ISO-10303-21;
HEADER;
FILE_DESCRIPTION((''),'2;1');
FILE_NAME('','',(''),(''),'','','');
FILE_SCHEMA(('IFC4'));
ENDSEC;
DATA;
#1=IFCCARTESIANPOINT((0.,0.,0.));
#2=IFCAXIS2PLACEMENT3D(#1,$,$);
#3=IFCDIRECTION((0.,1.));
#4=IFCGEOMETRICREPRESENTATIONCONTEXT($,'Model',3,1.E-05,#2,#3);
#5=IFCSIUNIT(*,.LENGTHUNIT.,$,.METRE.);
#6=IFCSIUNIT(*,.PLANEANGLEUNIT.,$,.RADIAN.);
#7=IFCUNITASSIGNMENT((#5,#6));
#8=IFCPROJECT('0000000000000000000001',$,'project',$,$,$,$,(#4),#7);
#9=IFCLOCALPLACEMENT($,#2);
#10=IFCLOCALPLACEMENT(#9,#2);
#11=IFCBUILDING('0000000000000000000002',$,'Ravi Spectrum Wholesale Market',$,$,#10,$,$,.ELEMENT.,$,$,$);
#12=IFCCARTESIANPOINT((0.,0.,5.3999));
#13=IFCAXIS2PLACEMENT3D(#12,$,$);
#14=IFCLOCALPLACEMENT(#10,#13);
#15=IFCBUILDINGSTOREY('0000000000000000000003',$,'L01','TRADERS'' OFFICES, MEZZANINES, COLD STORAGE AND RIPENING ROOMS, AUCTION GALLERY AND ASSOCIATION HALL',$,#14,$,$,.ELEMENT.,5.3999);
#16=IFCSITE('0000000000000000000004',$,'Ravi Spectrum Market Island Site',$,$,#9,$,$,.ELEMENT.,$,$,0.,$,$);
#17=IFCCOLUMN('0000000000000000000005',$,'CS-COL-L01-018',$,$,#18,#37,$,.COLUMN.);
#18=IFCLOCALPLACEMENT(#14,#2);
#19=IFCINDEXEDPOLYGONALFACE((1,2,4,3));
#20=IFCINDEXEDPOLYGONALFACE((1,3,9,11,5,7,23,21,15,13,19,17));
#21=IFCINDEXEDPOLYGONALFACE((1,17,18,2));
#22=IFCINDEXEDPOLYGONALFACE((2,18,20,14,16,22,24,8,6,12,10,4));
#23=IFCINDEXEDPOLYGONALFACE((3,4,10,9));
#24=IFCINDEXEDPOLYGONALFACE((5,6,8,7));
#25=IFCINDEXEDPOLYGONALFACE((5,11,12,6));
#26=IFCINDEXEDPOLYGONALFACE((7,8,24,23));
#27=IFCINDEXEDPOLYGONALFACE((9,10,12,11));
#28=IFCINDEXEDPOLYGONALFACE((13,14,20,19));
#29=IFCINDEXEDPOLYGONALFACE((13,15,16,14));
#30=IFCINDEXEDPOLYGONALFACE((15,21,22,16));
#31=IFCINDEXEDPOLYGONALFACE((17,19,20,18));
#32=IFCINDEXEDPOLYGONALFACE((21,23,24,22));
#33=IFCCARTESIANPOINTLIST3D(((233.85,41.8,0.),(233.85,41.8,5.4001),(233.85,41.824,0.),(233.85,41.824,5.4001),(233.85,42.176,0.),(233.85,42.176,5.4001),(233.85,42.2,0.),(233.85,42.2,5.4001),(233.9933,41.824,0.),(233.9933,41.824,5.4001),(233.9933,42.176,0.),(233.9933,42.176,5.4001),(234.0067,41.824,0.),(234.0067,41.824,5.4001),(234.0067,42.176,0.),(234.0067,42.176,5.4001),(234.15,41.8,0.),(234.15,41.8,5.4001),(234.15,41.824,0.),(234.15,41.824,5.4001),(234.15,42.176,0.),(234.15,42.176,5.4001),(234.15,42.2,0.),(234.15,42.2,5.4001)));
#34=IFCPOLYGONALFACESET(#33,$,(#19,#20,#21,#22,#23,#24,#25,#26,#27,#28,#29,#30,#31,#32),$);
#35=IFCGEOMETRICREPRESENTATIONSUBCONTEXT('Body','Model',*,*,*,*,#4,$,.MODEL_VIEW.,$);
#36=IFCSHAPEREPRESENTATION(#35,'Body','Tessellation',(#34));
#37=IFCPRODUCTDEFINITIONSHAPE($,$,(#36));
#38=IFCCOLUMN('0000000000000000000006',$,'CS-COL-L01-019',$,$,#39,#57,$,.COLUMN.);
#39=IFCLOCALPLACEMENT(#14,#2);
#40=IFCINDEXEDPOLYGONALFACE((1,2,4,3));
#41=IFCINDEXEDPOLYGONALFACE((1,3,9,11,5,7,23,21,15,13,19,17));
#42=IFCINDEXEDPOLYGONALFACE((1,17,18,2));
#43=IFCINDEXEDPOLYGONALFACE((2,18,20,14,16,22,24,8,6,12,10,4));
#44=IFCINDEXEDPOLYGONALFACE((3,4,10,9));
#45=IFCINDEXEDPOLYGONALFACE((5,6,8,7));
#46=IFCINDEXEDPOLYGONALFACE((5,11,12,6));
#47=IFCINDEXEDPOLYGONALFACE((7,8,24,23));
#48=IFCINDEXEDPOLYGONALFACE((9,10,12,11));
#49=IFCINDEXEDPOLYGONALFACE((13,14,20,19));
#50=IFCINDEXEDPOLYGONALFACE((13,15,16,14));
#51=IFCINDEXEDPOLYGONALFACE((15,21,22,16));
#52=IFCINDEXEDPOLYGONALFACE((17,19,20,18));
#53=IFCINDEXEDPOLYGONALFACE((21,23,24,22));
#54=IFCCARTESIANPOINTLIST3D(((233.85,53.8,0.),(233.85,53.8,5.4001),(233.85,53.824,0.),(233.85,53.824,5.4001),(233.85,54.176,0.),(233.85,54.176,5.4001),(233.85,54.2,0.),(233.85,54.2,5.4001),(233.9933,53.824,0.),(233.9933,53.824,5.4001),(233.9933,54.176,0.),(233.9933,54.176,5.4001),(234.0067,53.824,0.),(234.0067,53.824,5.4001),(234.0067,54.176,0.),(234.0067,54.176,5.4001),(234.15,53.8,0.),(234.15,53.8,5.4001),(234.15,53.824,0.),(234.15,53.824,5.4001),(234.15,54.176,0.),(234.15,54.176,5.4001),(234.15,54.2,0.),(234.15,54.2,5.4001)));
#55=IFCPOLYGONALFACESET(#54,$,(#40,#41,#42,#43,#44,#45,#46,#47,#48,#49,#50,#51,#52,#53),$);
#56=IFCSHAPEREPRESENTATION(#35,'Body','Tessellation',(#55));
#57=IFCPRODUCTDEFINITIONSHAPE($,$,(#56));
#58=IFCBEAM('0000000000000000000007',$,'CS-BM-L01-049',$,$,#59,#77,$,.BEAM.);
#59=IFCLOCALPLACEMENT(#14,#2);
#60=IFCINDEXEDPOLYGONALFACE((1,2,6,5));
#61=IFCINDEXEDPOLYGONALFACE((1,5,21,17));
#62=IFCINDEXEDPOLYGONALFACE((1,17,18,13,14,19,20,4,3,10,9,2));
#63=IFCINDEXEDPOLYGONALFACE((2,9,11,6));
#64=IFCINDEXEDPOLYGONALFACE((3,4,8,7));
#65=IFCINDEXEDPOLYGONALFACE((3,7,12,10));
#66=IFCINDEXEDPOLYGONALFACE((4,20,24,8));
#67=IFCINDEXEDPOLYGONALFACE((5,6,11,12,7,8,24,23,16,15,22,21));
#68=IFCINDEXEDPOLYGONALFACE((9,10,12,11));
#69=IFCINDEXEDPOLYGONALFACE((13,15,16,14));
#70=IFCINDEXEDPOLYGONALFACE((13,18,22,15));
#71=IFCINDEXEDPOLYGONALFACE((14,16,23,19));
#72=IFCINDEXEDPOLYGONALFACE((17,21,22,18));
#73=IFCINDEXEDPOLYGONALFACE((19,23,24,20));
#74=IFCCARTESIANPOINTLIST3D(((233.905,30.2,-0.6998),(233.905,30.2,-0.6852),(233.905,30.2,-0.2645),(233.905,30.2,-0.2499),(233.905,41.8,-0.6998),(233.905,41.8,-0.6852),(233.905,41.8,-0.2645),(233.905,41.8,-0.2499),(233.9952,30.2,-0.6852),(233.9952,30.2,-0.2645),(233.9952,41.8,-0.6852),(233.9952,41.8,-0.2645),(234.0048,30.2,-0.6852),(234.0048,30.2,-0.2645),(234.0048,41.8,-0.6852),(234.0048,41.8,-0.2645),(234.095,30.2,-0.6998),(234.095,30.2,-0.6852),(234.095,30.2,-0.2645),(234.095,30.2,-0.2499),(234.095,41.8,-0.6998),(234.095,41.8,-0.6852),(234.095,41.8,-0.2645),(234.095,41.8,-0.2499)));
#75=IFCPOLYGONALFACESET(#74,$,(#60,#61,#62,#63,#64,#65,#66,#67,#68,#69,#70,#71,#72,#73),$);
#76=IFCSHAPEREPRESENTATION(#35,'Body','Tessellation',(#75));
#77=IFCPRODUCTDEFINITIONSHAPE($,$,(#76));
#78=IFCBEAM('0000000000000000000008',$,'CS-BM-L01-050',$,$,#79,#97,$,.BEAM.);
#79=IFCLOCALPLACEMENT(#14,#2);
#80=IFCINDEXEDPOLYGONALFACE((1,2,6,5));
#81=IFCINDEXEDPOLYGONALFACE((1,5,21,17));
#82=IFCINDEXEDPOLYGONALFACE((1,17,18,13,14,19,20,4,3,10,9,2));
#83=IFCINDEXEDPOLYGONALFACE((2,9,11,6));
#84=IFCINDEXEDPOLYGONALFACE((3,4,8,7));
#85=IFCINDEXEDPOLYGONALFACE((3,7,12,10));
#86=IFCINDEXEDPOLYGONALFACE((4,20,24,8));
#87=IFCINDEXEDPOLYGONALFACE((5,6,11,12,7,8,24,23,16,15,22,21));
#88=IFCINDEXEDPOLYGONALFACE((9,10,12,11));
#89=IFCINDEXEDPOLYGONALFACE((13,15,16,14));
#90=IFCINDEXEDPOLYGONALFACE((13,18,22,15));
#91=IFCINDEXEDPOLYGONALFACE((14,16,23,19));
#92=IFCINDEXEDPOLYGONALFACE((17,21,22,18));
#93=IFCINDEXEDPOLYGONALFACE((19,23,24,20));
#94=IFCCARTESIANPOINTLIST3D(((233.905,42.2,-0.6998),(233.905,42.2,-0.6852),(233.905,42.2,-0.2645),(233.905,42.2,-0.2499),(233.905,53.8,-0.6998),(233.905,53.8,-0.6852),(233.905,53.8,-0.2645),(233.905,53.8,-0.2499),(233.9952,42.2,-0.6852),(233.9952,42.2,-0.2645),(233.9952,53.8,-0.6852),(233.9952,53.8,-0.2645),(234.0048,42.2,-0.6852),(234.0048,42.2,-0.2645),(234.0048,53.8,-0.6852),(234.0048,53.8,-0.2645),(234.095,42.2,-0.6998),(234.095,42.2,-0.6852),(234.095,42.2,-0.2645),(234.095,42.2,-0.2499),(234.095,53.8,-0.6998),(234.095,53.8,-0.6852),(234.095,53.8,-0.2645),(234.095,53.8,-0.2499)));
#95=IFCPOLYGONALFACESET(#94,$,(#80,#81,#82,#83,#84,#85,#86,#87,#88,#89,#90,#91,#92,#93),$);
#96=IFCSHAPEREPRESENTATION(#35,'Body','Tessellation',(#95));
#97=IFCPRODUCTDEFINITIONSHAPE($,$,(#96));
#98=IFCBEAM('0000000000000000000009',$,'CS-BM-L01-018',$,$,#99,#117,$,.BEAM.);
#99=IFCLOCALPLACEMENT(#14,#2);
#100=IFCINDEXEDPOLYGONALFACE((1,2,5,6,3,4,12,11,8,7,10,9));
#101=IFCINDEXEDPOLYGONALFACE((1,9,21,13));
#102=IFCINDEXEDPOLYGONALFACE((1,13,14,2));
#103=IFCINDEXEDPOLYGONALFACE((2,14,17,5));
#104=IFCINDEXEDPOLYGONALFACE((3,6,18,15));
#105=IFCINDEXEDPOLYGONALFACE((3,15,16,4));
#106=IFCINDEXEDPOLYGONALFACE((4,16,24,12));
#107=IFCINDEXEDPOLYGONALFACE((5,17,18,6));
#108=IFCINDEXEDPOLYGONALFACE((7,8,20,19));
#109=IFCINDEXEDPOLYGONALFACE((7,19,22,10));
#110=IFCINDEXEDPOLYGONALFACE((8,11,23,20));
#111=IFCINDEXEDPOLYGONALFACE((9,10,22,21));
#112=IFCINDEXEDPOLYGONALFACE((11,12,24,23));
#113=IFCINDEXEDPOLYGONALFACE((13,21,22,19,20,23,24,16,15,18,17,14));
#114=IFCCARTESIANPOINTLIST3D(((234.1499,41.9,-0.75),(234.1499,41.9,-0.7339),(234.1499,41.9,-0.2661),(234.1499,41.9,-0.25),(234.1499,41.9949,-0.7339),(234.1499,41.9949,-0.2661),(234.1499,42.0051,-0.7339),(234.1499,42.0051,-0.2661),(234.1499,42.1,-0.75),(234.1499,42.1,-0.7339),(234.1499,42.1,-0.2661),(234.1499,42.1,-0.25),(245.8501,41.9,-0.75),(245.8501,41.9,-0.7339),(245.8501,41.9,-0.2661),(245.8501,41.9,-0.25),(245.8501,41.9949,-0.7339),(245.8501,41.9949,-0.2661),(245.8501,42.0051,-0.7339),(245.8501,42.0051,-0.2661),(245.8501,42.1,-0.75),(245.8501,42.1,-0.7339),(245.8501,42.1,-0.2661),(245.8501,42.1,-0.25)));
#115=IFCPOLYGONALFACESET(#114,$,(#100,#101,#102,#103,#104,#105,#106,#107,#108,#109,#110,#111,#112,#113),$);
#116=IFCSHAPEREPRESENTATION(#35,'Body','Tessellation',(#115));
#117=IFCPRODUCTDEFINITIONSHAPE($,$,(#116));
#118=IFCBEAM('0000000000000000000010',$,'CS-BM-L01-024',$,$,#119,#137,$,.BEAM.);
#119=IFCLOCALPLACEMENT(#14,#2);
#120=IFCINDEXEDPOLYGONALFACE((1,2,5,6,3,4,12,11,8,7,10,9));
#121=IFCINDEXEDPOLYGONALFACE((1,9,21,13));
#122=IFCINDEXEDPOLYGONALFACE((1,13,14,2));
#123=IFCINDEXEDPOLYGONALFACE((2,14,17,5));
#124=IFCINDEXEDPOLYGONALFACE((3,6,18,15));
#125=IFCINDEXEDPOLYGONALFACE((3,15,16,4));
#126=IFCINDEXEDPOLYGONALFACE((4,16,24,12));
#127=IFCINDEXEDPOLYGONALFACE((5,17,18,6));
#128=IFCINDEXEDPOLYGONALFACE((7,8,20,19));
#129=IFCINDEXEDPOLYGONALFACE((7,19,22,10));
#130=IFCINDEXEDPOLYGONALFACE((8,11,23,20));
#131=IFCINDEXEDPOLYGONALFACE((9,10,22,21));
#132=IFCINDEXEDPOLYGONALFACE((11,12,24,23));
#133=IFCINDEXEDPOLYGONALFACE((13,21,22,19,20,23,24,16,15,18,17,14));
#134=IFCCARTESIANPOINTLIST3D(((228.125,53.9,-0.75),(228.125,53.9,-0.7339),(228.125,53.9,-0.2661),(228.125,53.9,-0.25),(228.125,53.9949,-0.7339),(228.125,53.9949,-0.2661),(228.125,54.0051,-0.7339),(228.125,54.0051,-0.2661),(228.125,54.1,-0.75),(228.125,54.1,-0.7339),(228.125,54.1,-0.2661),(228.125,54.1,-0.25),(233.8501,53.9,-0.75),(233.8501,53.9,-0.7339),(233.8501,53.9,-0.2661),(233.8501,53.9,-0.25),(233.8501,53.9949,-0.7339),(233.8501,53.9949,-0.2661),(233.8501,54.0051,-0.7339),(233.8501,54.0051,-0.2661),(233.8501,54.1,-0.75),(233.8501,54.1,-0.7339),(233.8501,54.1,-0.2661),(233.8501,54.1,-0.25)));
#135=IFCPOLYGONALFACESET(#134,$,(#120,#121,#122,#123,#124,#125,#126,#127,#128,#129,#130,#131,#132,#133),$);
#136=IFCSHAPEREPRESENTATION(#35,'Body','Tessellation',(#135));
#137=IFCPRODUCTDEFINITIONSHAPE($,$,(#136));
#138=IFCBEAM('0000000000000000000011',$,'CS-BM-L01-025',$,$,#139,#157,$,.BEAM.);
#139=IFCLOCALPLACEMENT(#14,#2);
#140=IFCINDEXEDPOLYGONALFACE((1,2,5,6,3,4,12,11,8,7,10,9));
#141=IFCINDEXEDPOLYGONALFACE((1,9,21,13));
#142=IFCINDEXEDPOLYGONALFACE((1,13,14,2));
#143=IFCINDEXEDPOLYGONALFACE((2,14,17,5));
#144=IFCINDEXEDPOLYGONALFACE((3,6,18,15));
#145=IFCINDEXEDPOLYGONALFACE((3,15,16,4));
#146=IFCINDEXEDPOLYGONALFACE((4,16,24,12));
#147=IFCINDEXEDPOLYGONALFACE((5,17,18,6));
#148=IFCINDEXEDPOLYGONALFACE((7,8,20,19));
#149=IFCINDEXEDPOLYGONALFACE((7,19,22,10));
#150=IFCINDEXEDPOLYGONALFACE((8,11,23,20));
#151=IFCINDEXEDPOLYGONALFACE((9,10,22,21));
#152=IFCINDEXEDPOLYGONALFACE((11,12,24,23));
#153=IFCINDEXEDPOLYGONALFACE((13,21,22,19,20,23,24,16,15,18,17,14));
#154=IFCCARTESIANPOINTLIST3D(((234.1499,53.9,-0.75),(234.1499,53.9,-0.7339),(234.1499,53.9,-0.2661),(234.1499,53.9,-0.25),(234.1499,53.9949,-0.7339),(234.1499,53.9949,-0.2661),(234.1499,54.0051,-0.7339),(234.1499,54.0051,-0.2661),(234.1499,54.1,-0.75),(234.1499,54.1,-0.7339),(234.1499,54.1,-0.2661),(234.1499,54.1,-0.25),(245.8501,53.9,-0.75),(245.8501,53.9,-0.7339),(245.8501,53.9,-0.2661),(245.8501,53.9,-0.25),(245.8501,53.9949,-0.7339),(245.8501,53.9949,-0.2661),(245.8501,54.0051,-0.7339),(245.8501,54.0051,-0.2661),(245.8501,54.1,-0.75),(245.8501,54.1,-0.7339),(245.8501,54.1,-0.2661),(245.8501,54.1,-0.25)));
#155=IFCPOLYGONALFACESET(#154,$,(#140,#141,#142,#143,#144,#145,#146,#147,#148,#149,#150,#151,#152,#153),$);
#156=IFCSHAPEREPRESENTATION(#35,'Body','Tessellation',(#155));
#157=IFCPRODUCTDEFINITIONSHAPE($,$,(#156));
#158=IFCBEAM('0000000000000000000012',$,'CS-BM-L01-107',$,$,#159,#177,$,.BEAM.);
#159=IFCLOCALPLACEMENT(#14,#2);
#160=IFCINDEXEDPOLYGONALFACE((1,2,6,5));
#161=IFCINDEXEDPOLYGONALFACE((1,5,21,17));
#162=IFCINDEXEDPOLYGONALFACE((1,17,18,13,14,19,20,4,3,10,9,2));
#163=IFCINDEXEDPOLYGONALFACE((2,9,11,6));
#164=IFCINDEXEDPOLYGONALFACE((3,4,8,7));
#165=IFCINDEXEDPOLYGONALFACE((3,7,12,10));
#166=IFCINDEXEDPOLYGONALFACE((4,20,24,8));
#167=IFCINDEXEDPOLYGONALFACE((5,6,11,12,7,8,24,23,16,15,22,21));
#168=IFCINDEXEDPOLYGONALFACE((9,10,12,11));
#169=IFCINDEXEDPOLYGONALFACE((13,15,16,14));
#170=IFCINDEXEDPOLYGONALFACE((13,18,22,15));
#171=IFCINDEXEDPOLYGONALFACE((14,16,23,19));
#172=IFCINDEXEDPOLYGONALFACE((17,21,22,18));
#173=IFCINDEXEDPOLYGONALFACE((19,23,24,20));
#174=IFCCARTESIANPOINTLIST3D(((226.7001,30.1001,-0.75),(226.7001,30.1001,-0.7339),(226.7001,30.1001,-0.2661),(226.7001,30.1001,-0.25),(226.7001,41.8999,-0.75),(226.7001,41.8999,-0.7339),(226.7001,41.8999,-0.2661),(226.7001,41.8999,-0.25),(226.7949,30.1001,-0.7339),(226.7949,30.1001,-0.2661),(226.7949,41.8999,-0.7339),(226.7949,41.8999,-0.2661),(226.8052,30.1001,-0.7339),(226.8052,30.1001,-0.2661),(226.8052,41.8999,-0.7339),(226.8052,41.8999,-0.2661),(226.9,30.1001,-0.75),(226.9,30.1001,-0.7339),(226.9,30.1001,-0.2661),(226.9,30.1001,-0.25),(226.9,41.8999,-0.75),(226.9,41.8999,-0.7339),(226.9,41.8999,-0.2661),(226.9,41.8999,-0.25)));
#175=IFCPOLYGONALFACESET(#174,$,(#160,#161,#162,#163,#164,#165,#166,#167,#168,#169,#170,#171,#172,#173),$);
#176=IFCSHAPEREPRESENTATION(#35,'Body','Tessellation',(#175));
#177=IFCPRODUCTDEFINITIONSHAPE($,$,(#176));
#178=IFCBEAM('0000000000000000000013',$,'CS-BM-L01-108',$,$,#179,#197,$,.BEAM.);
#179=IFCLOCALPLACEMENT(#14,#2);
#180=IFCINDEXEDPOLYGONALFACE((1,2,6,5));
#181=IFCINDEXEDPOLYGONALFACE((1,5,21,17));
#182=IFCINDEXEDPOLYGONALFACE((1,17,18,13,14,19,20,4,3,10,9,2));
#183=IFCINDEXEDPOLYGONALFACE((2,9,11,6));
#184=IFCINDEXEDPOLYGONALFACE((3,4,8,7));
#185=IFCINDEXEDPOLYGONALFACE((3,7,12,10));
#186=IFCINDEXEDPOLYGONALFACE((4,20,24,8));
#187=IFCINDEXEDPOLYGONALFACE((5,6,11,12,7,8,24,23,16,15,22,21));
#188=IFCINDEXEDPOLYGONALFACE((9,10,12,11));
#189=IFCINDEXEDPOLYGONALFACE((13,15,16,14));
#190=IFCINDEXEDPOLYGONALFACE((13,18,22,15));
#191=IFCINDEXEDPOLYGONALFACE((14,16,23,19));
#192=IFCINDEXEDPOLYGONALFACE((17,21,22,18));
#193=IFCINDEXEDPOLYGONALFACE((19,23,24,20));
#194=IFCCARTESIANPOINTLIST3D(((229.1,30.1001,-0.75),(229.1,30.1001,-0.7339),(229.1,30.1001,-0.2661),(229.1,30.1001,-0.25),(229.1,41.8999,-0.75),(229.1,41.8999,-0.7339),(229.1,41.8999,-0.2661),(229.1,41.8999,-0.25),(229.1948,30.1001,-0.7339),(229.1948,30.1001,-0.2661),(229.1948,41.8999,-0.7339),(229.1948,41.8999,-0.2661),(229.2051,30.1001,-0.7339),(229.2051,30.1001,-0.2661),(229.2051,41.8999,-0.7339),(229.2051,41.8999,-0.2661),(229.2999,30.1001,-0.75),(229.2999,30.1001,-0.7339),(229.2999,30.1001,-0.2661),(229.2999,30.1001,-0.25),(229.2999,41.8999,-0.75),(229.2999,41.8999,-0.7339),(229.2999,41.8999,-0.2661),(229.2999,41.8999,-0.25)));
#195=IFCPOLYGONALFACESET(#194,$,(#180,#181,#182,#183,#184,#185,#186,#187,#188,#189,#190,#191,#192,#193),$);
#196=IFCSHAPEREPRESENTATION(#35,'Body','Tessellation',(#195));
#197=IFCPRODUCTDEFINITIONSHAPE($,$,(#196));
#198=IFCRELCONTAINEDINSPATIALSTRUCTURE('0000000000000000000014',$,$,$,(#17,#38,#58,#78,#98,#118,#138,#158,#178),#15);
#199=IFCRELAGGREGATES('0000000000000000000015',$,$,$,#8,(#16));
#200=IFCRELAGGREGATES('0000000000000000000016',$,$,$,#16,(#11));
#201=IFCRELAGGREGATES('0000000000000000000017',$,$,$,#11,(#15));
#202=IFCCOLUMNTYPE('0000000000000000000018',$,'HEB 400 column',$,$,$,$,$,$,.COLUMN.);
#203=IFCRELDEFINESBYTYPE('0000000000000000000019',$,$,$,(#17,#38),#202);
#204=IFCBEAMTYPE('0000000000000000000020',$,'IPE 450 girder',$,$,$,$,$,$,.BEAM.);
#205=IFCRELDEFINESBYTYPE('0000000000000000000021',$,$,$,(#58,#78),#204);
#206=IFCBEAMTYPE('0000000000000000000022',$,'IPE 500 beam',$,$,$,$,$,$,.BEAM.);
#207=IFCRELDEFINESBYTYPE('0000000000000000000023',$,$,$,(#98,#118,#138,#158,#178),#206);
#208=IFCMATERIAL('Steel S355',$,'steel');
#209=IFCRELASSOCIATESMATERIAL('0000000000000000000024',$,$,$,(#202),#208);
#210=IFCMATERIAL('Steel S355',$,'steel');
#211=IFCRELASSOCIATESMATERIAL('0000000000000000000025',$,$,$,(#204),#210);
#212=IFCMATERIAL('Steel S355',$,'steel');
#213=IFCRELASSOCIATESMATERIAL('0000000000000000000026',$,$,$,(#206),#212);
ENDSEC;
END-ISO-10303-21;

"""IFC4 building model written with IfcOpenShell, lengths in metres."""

from ifc_helpers import new_model, si_unit, direction, frame, origin, origin_2d, place, context, subcontext, project, spatial, i_section, extrude, material, material_profile, profile_set, type_object, element, save


model = new_model("IFC4")

# Units and contexts
model_context = context("Model", 3, precision=1e-05, world=origin(), true_north=direction((0.0, 1.0)))
body_context = subcontext(model_context, "Body", "Model", "MODEL_VIEW")
ifc_project = project(units=[si_unit("LENGTHUNIT", "METRE"), si_unit("PLANEANGLEUNIT", "RADIAN")], contexts=[model_context])

# Site, building, storey
site_placement = place(None, origin())
site = spatial("IfcSite", under=ifc_project, at=site_placement, Name="Ravi Spectrum Market Island Site", CompositionType="ELEMENT", RefElevation=0.0)
building_placement = place(site_placement, origin())
building = spatial("IfcBuilding", under=site, at=building_placement, Name="Ravi Spectrum Wholesale Market", CompositionType="ELEMENT")
storey_placement = place(building_placement, frame((0.0, 0.0, 5.3999)))
storey = spatial("IfcBuildingStorey", under=building, at=storey_placement, Name="L01", Description="TRADERS' OFFICES, MEZZANINES, COLD STORAGE AND RIPENING ROOMS, AUCTION GALLERY AND ASSOCIATION HALL", CompositionType="ELEMENT", Elevation=5.3999)

# Columns
ifc_material_1 = material(Name="Steel S355", Category="steel")
ifc_material_profile_1 = material_profile(ifc_material_1, i_section(OverallWidth=0.3, OverallDepth=0.3999, WebThickness=0.0134, FlangeThickness=0.0239, at=origin_2d()))
ifc_profile_set_1 = profile_set([ifc_material_profile_1], Name="Steel S355")
column_type = type_object("IfcColumnType", Name="HEB 400 column", PredefinedType="COLUMN", material=ifc_profile_set_1)
for number, where, z_axis, x_axis, name in (
    (1, (234.0, 42.0, 0.0), (0.0, 0.0, 1.0), (1.0, 0.0, 0.0), "CS-COL-L01-018"),
    (2, (234.0, 54.0, 0.0), (0.0, 0.0, 1.0), (1.0, 0.0, 0.0), "CS-COL-L01-019"),
):
    element("IfcColumn", number, at=place(storey_placement, frame(where, z_axis=z_axis, x_axis=x_axis)), inside=storey, type_object=column_type, Name=name, PredefinedType="COLUMN", context=body_context, shape_type="SweptSolid", body=[
        extrude(i_section(OverallWidth=0.3, OverallDepth=0.3999, WebThickness=0.0134, FlangeThickness=0.0239, at=origin_2d()), origin(), (0.0, 0.0, 1.0), 5.4001),
    ])

# Beams
ifc_material_2 = material(Name="Steel S355", Category="steel")
ifc_material_profile_2 = material_profile(ifc_material_2, i_section(OverallWidth=0.1899, OverallDepth=0.45, WebThickness=0.0095, FlangeThickness=0.0146, at=origin_2d()))
ifc_profile_set_2 = profile_set([ifc_material_profile_2], Name="Steel S355")
beam_type_1 = type_object("IfcBeamType", Name="IPE 450 girder", PredefinedType="BEAM", material=ifc_profile_set_2)
for number, where, z_axis, x_axis, name in (
    (3, (234.0, 30.2, -0.4749), (0.0, 1.0, 0.0), (-1.0, 0.0, 0.0), "CS-BM-L01-049"),
    (4, (234.0, 42.2, -0.4749), (0.0, 1.0, 0.0), (-1.0, 0.0, 0.0), "CS-BM-L01-050"),
):
    element("IfcBeam", number, at=place(storey_placement, frame(where, z_axis=z_axis, x_axis=x_axis)), inside=storey, type_object=beam_type_1, Name=name, PredefinedType="BEAM", context=body_context, shape_type="SweptSolid", body=[
        extrude(i_section(OverallWidth=0.1899, OverallDepth=0.45, WebThickness=0.0095, FlangeThickness=0.0146, at=origin_2d()), origin(), (0.0, 0.0, 1.0), 11.6001),
    ])
ifc_material_3 = material(Name="Steel S355", Category="steel")
ifc_material_profile_3 = material_profile(ifc_material_3, i_section(OverallWidth=0.2, OverallDepth=0.5, WebThickness=0.0103, FlangeThickness=0.0161, at=origin_2d()))
ifc_profile_set_3 = profile_set([ifc_material_profile_3], Name="Steel S355")
beam_type_2 = type_object("IfcBeamType", Name="IPE 500 beam", PredefinedType="BEAM", material=ifc_profile_set_3)
beam_1_placement = place(storey_placement, frame((234.1499, 42.0, -0.5), z_axis=(1.0, 0.0, 0.0), x_axis=(0.0, 1.0, 0.0)))
element("IfcBeam", 5, at=beam_1_placement, inside=storey, type_object=beam_type_2, Name="CS-BM-L01-018", PredefinedType="BEAM", context=body_context, shape_type="SweptSolid", body=[
    extrude(i_section(OverallWidth=0.2, OverallDepth=0.5, WebThickness=0.0103, FlangeThickness=0.0161, at=origin_2d()), origin(), (0.0, 0.0, 1.0), 11.7002),
])
beam_2_placement = place(storey_placement, frame((228.125, 54.0, -0.5), z_axis=(1.0, 0.0, 0.0), x_axis=(0.0, 1.0, 0.0)))
element("IfcBeam", 6, at=beam_2_placement, inside=storey, type_object=beam_type_2, Name="CS-BM-L01-024", PredefinedType="BEAM", context=body_context, shape_type="SweptSolid", body=[
    extrude(i_section(OverallWidth=0.2, OverallDepth=0.5, WebThickness=0.0103, FlangeThickness=0.0161, at=origin_2d()), origin(), (0.0, 0.0, 1.0), 5.7251),
])
beam_3_placement = place(storey_placement, frame((234.1499, 54.0, -0.5), z_axis=(1.0, 0.0, 0.0), x_axis=(0.0, 1.0, 0.0)))
element("IfcBeam", 7, at=beam_3_placement, inside=storey, type_object=beam_type_2, Name="CS-BM-L01-025", PredefinedType="BEAM", context=body_context, shape_type="SweptSolid", body=[
    extrude(i_section(OverallWidth=0.2, OverallDepth=0.5, WebThickness=0.0103, FlangeThickness=0.0161, at=origin_2d()), origin(), (0.0, 0.0, 1.0), 11.7002),
])
for number, where, z_axis, x_axis, name in (
    (8, (226.8, 30.1001, -0.5), (0.0, 1.0, 0.0), (-1.0, 0.0, 0.0), "CS-BM-L01-107"),
    (9, (229.2, 30.1001, -0.5), (0.0, 1.0, 0.0), (-1.0, 0.0, 0.0), "CS-BM-L01-108"),
):
    element("IfcBeam", number, at=place(storey_placement, frame(where, z_axis=z_axis, x_axis=x_axis)), inside=storey, type_object=beam_type_2, Name=name, PredefinedType="BEAM", context=body_context, shape_type="SweptSolid", body=[
        extrude(i_section(OverallWidth=0.2, OverallDepth=0.5, WebThickness=0.0103, FlangeThickness=0.0161, at=origin_2d()), origin(), (0.0, 0.0, 1.0), 11.7998),
    ])

save(model, "model.ifc")
